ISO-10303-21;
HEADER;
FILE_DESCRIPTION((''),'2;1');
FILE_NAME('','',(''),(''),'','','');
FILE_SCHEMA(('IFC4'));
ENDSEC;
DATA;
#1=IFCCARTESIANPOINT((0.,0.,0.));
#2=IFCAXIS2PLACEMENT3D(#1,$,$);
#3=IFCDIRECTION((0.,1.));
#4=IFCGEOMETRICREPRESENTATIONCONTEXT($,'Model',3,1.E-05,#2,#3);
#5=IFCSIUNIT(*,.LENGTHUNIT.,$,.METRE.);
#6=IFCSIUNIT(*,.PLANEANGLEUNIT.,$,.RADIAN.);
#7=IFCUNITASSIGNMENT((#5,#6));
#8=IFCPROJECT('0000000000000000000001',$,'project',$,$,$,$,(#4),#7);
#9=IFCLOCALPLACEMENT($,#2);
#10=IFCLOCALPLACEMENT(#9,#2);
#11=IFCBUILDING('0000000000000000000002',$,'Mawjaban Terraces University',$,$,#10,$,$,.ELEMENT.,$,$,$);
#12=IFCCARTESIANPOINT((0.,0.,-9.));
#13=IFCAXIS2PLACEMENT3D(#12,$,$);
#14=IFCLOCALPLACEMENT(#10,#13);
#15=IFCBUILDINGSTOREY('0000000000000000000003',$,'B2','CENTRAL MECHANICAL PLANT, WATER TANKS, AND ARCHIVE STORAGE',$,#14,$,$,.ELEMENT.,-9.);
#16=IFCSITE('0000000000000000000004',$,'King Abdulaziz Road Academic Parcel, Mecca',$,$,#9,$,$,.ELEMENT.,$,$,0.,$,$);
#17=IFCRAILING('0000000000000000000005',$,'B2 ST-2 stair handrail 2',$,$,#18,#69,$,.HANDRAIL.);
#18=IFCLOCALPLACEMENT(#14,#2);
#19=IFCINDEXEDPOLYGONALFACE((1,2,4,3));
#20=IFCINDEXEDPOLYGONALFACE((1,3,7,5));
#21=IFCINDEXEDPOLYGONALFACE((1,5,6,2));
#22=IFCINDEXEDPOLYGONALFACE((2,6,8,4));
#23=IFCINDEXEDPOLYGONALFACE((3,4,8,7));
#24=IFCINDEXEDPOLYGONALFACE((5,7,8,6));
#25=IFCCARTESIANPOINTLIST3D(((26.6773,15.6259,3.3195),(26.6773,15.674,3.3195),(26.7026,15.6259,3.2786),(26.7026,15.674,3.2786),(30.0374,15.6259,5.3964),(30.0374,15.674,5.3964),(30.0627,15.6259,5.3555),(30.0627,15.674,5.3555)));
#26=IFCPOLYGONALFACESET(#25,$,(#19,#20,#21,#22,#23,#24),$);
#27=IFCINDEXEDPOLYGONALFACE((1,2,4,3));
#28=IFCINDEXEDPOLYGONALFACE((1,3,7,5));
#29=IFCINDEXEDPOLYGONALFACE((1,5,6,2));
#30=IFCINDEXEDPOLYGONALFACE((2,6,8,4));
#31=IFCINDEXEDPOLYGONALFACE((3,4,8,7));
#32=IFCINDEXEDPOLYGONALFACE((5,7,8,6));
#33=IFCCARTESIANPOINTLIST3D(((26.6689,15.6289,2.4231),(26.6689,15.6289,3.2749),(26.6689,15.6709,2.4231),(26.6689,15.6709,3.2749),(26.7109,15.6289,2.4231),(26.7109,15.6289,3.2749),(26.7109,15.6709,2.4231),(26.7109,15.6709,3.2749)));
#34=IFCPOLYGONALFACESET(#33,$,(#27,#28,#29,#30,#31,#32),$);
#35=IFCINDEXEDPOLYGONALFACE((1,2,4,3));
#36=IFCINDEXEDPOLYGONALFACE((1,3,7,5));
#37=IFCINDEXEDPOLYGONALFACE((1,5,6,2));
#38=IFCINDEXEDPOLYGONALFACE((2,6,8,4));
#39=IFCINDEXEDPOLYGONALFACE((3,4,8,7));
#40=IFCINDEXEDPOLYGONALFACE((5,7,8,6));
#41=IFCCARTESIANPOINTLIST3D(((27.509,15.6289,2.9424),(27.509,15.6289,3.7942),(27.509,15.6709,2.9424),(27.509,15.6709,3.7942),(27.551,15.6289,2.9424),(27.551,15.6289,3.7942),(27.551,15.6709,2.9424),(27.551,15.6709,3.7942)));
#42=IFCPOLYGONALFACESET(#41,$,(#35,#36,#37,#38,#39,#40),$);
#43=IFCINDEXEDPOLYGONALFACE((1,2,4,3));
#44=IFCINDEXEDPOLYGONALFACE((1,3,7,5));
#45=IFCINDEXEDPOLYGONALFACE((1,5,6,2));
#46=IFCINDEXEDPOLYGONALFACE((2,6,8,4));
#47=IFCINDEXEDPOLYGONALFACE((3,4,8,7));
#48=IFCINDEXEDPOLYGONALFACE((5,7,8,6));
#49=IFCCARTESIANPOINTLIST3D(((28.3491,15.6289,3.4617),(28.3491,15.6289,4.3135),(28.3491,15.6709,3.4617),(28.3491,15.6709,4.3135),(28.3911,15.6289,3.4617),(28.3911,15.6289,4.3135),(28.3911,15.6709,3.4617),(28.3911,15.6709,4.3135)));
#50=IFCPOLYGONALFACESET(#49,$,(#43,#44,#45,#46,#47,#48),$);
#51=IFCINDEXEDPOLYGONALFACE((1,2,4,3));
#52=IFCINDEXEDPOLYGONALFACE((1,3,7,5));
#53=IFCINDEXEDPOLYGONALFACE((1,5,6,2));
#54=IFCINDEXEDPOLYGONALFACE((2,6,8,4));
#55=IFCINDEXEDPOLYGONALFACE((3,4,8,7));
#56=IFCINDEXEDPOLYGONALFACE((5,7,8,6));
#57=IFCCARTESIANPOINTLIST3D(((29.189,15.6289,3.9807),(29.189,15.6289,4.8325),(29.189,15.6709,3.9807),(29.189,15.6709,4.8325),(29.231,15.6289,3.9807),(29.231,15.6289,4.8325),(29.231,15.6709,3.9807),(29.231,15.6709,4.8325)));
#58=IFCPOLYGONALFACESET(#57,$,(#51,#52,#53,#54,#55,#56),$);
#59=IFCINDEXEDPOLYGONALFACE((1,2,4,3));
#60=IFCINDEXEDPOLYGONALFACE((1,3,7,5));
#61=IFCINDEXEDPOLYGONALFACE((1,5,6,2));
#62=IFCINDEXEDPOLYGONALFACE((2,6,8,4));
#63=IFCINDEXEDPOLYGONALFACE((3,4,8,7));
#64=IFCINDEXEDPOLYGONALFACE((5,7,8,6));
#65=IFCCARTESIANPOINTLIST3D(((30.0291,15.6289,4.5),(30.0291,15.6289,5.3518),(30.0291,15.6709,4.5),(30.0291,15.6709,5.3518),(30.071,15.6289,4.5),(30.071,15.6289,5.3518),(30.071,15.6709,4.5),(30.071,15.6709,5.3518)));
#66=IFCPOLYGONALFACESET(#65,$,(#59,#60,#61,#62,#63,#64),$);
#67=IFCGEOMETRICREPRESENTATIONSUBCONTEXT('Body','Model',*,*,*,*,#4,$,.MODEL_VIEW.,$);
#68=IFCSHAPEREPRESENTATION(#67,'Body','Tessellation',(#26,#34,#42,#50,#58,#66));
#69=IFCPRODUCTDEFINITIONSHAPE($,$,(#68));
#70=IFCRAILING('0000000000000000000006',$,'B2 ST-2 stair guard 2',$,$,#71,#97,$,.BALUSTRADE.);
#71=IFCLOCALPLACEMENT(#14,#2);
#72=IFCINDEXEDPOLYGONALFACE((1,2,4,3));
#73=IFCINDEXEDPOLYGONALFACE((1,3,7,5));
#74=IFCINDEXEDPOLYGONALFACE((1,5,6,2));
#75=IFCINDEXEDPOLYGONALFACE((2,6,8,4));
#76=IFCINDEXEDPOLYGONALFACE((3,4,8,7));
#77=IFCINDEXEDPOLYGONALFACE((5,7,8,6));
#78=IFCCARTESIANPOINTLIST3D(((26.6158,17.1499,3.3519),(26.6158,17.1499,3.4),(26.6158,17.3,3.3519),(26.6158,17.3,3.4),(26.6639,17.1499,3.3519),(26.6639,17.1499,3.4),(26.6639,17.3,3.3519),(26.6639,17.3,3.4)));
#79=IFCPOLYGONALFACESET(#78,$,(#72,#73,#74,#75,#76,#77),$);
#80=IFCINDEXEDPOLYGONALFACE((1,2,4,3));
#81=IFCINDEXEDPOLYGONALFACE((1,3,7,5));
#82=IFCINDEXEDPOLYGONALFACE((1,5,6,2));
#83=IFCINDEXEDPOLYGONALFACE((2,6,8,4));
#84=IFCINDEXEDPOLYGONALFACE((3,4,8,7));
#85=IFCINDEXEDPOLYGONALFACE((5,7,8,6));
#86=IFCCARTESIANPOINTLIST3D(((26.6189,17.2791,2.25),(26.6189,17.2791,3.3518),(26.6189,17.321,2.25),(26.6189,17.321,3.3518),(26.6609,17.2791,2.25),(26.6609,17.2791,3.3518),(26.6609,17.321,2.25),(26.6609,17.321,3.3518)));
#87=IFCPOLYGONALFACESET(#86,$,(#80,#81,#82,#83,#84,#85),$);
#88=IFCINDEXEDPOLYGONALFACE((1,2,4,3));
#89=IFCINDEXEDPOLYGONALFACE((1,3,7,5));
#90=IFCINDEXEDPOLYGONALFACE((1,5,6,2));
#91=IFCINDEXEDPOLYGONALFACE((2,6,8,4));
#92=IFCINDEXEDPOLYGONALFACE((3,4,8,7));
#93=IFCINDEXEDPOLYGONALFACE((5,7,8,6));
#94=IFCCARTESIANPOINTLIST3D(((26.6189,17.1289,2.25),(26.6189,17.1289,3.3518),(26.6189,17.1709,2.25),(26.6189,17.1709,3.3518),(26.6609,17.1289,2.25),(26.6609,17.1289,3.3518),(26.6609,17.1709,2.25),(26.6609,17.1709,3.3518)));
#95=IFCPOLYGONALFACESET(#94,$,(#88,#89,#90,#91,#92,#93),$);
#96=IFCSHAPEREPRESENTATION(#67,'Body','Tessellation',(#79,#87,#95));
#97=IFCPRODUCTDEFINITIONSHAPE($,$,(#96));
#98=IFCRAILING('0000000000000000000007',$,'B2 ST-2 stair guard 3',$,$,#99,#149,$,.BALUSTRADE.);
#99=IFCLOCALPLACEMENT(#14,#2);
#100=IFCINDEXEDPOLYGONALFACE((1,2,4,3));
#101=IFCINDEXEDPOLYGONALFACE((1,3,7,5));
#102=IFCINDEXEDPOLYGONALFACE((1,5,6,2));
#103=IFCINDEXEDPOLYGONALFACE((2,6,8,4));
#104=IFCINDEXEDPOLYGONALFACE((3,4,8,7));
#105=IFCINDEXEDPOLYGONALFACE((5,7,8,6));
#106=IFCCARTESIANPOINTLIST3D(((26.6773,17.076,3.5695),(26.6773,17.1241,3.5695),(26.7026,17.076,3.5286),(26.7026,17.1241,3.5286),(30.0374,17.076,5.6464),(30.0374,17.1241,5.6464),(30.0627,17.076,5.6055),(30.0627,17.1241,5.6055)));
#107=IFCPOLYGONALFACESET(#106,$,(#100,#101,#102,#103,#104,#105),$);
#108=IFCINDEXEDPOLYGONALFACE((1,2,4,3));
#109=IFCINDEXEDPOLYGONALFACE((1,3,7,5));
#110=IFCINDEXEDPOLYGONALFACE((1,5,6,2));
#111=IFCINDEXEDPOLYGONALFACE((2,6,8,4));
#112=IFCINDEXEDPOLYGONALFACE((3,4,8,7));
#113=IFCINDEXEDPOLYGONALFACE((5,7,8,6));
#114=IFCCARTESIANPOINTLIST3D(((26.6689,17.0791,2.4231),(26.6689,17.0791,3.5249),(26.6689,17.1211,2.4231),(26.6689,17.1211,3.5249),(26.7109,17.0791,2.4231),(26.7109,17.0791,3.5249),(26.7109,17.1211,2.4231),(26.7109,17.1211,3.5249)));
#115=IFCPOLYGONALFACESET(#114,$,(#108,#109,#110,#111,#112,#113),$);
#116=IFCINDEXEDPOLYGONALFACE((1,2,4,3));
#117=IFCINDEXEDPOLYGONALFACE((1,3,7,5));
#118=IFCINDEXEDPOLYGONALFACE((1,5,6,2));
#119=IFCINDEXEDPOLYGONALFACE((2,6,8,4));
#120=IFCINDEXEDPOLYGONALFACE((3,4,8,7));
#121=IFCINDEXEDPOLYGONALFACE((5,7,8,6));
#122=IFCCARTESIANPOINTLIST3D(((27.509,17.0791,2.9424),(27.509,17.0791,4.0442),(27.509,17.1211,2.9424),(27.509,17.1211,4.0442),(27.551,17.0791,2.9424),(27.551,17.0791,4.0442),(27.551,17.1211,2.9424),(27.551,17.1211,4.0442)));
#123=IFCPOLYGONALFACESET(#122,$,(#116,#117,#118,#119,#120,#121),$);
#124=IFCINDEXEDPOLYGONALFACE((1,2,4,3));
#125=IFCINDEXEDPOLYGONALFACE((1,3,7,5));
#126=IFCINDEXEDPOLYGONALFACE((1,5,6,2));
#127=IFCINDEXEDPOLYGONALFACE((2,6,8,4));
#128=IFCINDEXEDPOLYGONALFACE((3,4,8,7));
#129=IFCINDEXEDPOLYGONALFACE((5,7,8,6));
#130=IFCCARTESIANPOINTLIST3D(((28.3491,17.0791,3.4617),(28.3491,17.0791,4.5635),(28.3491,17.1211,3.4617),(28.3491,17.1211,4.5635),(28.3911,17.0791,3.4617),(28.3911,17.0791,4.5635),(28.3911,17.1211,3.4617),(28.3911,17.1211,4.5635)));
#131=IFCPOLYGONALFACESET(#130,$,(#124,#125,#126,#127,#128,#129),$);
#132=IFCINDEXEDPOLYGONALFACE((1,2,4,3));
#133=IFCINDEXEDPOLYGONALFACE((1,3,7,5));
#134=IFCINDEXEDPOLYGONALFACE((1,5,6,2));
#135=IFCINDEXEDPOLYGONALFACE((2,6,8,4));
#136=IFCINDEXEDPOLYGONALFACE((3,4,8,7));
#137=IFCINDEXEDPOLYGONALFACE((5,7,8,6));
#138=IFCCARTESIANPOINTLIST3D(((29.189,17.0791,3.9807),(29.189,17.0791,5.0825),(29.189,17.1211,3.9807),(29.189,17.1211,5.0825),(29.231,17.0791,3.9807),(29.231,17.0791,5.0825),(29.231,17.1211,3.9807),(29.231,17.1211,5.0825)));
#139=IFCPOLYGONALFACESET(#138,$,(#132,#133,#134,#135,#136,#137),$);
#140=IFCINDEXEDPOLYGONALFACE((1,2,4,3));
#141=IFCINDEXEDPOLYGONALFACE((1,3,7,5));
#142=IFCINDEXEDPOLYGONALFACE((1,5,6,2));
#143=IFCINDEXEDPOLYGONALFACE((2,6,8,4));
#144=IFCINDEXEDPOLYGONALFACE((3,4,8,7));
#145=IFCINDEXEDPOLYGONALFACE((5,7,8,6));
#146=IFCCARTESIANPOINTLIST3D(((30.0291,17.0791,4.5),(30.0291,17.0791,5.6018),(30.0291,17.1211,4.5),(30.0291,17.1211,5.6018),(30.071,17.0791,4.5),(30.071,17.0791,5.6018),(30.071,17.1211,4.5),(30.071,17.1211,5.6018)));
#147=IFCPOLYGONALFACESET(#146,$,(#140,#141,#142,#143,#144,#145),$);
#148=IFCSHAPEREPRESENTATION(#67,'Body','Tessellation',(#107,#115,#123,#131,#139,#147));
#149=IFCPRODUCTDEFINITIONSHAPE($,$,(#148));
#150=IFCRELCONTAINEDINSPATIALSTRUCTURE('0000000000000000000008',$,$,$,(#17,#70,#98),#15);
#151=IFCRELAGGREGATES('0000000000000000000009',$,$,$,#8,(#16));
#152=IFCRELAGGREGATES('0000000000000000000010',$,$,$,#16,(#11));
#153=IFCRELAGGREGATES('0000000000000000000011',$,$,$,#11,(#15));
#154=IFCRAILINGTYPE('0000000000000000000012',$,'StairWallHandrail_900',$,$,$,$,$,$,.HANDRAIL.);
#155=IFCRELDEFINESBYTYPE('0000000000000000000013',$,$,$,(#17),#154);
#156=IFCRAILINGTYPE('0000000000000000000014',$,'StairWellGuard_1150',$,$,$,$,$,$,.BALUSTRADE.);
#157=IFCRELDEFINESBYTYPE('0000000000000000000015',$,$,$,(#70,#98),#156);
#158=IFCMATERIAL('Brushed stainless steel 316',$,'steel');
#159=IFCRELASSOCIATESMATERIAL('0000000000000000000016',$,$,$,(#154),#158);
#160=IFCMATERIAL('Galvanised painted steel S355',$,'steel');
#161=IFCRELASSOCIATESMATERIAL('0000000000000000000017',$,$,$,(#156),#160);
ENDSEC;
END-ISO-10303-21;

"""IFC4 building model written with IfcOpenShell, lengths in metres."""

from ifc_helpers import new_model, si_unit, direction, frame, origin, origin_2d, place, context, subcontext, project, spatial, rectangle, extrude, material, type_object, element, save


model = new_model("IFC4")

# Units and contexts
model_context = context("Model", 3, precision=1e-05, world=origin(), true_north=direction((0.0, 1.0)))
body_context = subcontext(model_context, "Body", "Model", "MODEL_VIEW")
ifc_project = project(units=[si_unit("LENGTHUNIT", "METRE"), si_unit("PLANEANGLEUNIT", "RADIAN")], contexts=[model_context])

# Site, building, storey
site_placement = place(None, origin())
site = spatial("IfcSite", under=ifc_project, at=site_placement, Name="King Abdulaziz Road Academic Parcel, Mecca", CompositionType="ELEMENT", RefElevation=0.0)
building_placement = place(site_placement, origin())
building = spatial("IfcBuilding", under=site, at=building_placement, Name="Mawjaban Terraces University", CompositionType="ELEMENT")
storey_placement = place(building_placement, frame((0.0, 0.0, -9.0)))
storey = spatial("IfcBuildingStorey", under=building, at=storey_placement, Name="B2", Description="CENTRAL MECHANICAL PLANT, WATER TANKS, AND ARCHIVE STORAGE", CompositionType="ELEMENT", Elevation=-9.0)

# Railings
ifc_material_1 = material(Name="Brushed stainless steel 316", Category="steel")
railing_type_1 = type_object("IfcRailingType", Name="StairWallHandrail_900", PredefinedType="HANDRAIL", material=ifc_material_1)
railing_1_placement = place(storey_placement, frame((26.6899, 15.6499, 2.4231)))
element("IfcRailing", 1, at=railing_1_placement, inside=storey, type_object=railing_type_1, Name="B2 ST-2 stair handrail 2", PredefinedType="HANDRAIL", context=body_context, shape_type="SweptSolid", body=[
    extrude(rectangle(XDim=0.0481, YDim=0.0481, at=origin_2d()), frame((0.0, 0.0, 0.876), z_axis=(0.850623, 0.0, 0.525776), x_axis=(0.0, 1.0, 0.0)), (0.0, 0.0, 1.0), 3.9502),
    extrude(rectangle(XDim=0.042, YDim=0.042, at=origin_2d()), origin(), (0.0, 0.0, 1.0), 0.8518),
    extrude(rectangle(XDim=0.042, YDim=0.042, at=origin_2d()), frame((0.8401, 0.0, 0.5193)), (0.0, 0.0, 1.0), 0.8518),
    extrude(rectangle(XDim=0.042, YDim=0.042, at=origin_2d()), frame((1.6802, 0.0, 1.0386)), (0.0, 0.0, 1.0), 0.8518),
    extrude(rectangle(XDim=0.042, YDim=0.042, at=origin_2d()), frame((2.52, 0.0, 1.5576)), (0.0, 0.0, 1.0), 0.8518),
    extrude(rectangle(XDim=0.042, YDim=0.042, at=origin_2d()), frame((3.3601, 0.0, 2.0769)), (0.0, 0.0, 1.0), 0.8518),
])
ifc_material_2 = material(Name="Galvanised painted steel S355", Category="steel")
railing_type_2 = type_object("IfcRailingType", Name="StairWellGuard_1150", PredefinedType="BALUSTRADE", material=ifc_material_2)
railing_2_placement = place(storey_placement, frame((26.6399, 17.3, 2.25)))
element("IfcRailing", 2, at=railing_2_placement, inside=storey, type_object=railing_type_2, Name="B2 ST-2 stair guard 2", PredefinedType="BALUSTRADE", context=body_context, shape_type="SweptSolid", body=[
    extrude(rectangle(XDim=0.0481, YDim=0.0481, at=origin_2d()), frame((0.0, 0.0, 1.126), z_axis=(0.0, -1.0, 0.0), x_axis=(1.0, 0.0, 0.0)), (0.0, 0.0, 1.0), 0.1501),
    extrude(rectangle(XDim=0.042, YDim=0.042, at=origin_2d()), origin(), (0.0, 0.0, 1.0), 1.1018),
    extrude(rectangle(XDim=0.042, YDim=0.042, at=origin_2d()), frame((0.0, -0.1501, 0.0)), (0.0, 0.0, 1.0), 1.1018),
])
railing_3_placement = place(storey_placement, frame((26.6899, 17.1001, 2.4231)))
element("IfcRailing", 3, at=railing_3_placement, inside=storey, type_object=railing_type_2, Name="B2 ST-2 stair guard 3", PredefinedType="BALUSTRADE", context=body_context, shape_type="SweptSolid", body=[
    extrude(rectangle(XDim=0.0481, YDim=0.0481, at=origin_2d()), frame((0.0, 0.0, 1.126), z_axis=(0.850623, 0.0, 0.525776), x_axis=(0.0, 1.0, 0.0)), (0.0, 0.0, 1.0), 3.9502),
    extrude(rectangle(XDim=0.042, YDim=0.042, at=origin_2d()), origin(), (0.0, 0.0, 1.0), 1.1018),
    extrude(rectangle(XDim=0.042, YDim=0.042, at=origin_2d()), frame((0.8401, 0.0, 0.5193)), (0.0, 0.0, 1.0), 1.1018),
    extrude(rectangle(XDim=0.042, YDim=0.042, at=origin_2d()), frame((1.6802, 0.0, 1.0386)), (0.0, 0.0, 1.0), 1.1018),
    extrude(rectangle(XDim=0.042, YDim=0.042, at=origin_2d()), frame((2.52, 0.0, 1.5576)), (0.0, 0.0, 1.0), 1.1018),
    extrude(rectangle(XDim=0.042, YDim=0.042, at=origin_2d()), frame((3.3601, 0.0, 2.0769)), (0.0, 0.0, 1.0), 1.1018),
])

save(model, "model.ifc")
